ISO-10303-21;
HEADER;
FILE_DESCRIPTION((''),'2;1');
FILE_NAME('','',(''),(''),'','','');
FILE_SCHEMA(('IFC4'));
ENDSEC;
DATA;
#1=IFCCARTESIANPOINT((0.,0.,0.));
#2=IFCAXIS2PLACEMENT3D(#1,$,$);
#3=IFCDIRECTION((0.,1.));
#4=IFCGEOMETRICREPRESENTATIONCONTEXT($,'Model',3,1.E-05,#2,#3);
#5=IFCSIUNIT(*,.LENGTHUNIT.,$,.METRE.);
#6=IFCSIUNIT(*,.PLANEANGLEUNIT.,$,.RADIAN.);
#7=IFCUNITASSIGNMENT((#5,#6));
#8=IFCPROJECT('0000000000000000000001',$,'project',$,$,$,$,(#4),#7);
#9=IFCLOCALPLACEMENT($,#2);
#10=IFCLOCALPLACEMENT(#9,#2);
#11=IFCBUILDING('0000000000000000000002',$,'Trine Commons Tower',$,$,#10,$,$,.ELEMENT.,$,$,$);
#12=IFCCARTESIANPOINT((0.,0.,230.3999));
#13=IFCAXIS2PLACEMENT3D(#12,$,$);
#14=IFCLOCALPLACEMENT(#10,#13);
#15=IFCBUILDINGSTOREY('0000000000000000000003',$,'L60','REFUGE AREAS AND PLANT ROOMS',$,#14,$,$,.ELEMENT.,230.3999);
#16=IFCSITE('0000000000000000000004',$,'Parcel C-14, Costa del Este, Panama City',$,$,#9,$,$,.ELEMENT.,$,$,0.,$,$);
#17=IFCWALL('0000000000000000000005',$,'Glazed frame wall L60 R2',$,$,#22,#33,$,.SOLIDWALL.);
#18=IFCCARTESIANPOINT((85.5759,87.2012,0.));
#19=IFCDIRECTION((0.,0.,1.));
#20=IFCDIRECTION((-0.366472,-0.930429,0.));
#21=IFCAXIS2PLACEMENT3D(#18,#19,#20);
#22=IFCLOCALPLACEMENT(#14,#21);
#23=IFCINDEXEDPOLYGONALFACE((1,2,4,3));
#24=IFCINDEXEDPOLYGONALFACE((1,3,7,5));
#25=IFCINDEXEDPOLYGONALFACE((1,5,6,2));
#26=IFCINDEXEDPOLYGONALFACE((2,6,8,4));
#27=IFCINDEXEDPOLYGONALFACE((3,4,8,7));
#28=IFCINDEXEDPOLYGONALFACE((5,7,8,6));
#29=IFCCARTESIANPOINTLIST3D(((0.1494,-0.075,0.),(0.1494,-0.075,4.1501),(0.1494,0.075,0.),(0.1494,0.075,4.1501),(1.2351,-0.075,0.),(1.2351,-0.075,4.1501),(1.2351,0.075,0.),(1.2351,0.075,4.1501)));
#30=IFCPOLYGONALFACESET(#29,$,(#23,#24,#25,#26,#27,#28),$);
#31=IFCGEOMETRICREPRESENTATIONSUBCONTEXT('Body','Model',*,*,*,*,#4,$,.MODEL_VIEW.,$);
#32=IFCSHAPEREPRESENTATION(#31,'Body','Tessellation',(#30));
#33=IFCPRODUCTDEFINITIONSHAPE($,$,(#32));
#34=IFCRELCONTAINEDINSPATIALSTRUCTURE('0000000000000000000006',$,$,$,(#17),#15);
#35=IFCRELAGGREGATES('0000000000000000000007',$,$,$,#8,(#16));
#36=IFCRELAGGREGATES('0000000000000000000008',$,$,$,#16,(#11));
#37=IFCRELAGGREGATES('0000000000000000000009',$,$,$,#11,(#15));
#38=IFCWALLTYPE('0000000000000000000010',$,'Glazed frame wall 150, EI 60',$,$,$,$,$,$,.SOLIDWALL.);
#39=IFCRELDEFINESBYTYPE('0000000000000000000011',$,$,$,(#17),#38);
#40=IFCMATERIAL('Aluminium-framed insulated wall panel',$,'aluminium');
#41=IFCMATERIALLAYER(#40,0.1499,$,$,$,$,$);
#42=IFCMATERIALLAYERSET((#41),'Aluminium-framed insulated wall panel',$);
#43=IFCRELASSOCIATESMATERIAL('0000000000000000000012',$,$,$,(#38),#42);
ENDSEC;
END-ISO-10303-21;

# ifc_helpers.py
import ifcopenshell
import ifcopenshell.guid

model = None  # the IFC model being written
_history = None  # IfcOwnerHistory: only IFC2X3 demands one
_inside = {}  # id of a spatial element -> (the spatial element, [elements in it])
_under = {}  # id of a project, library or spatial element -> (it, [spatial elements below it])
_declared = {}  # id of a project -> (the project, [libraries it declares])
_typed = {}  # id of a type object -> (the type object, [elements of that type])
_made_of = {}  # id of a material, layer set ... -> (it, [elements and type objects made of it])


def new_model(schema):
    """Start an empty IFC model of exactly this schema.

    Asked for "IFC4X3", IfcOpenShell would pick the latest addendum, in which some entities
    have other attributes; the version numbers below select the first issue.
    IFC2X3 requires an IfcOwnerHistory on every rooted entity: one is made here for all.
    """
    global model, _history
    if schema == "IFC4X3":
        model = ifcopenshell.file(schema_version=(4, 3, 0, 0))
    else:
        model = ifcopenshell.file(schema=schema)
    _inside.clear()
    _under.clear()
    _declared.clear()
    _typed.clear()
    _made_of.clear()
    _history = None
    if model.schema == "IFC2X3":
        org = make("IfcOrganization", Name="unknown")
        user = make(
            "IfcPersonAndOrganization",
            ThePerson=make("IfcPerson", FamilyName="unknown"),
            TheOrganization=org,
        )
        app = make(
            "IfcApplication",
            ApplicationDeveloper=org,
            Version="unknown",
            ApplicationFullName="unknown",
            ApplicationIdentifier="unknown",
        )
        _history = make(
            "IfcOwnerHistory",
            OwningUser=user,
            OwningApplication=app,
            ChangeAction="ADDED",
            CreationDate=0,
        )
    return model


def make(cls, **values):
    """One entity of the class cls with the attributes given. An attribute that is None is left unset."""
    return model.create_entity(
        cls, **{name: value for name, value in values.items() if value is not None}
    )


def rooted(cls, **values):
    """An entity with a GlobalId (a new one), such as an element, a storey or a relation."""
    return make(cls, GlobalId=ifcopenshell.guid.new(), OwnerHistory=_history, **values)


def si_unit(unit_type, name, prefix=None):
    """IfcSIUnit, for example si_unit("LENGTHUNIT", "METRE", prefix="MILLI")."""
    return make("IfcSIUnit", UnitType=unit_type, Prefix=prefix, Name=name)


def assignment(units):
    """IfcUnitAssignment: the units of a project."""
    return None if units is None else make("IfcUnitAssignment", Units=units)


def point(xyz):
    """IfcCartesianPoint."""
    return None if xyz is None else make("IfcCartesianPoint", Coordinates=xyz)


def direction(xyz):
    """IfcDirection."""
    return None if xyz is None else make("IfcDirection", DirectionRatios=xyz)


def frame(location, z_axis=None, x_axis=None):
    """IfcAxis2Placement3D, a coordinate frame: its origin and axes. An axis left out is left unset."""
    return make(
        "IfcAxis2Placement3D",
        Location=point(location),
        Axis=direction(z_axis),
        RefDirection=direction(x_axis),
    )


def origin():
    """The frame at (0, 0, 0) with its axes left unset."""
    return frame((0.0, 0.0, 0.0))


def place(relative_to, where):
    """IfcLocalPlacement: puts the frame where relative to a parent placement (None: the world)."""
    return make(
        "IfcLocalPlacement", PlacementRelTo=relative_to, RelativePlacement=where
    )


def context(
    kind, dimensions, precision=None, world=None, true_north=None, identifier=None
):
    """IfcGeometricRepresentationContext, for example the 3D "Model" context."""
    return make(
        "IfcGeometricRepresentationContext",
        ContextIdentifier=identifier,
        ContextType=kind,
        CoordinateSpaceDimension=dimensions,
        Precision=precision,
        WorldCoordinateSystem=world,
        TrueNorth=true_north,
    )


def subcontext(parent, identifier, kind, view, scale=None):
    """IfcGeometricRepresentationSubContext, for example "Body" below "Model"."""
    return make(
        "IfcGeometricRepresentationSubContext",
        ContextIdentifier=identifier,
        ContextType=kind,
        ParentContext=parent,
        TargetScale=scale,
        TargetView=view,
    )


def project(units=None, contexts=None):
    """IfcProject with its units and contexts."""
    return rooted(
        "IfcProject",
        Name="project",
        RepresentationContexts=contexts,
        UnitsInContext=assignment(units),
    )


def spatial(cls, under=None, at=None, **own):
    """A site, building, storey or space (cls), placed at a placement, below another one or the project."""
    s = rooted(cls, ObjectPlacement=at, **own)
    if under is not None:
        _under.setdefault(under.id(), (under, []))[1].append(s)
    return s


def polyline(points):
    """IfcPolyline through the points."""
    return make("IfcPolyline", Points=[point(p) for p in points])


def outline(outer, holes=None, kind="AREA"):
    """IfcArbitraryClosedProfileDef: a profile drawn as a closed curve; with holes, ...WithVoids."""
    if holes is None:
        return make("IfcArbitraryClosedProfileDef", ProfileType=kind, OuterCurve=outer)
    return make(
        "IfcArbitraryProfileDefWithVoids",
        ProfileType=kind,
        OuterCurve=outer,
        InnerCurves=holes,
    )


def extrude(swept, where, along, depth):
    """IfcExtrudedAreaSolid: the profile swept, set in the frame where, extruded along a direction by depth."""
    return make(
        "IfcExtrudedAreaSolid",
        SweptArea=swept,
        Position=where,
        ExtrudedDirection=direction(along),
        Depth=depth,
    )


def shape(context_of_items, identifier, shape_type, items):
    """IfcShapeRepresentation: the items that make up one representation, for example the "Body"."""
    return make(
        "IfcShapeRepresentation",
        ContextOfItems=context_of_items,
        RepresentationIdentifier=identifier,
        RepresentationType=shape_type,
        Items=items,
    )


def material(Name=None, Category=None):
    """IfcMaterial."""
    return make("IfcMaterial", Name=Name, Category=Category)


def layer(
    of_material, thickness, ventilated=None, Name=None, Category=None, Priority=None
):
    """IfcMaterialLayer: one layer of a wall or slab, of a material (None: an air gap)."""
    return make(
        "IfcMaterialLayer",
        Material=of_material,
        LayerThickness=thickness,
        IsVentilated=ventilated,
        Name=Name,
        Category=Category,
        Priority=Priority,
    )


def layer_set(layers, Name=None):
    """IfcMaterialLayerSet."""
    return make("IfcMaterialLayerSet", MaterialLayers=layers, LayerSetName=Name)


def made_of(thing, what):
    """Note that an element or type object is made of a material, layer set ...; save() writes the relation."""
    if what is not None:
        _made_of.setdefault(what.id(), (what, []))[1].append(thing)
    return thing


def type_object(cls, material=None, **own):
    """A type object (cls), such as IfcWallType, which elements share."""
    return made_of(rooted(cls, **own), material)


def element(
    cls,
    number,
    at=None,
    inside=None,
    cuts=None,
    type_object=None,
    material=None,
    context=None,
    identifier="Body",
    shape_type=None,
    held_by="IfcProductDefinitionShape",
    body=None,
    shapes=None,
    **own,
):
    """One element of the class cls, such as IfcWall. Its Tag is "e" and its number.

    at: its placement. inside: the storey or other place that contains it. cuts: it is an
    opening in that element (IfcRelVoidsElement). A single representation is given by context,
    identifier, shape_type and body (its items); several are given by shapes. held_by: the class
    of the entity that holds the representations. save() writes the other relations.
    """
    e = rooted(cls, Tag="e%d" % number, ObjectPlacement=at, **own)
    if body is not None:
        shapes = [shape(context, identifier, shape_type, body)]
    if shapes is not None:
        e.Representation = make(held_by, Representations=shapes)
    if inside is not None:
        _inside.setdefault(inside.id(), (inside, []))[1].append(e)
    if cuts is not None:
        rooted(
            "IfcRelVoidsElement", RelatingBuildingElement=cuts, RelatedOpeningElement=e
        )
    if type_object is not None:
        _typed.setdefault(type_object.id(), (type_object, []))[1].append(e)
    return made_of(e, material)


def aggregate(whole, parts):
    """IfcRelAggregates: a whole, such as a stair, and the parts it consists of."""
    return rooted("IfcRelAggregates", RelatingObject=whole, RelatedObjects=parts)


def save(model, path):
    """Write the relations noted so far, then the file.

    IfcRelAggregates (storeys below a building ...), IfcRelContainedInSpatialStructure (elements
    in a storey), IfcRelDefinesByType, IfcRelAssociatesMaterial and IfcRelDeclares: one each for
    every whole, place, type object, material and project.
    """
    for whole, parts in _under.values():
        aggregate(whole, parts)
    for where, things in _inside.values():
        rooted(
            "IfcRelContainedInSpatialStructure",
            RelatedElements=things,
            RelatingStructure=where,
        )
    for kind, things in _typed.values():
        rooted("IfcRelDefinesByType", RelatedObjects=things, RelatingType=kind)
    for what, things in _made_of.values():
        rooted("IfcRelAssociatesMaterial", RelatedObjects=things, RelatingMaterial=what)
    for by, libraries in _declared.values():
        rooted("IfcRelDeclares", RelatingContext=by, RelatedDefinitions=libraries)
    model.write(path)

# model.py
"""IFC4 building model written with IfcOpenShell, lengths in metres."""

from ifc_helpers import new_model, si_unit, direction, frame, origin, place, context, subcontext, project, spatial, polyline, outline, extrude, material, layer, layer_set, type_object, element, save


model = new_model("IFC4")

# Units and contexts
model_context = context("Model", 3, precision=1e-05, world=origin(), true_north=direction((0.0, 1.0)))
body_context = subcontext(model_context, "Body", "Model", "MODEL_VIEW")
ifc_project = project(units=[si_unit("LENGTHUNIT", "METRE"), si_unit("PLANEANGLEUNIT", "RADIAN")], contexts=[model_context])

# Site, building, storey
site_placement = place(None, origin())
site = spatial("IfcSite", under=ifc_project, at=site_placement, Name="Parcel C-14, Costa del Este, Panama City", CompositionType="ELEMENT", RefElevation=0.0)
building_placement = place(site_placement, origin())
building = spatial("IfcBuilding", under=site, at=building_placement, Name="Trine Commons Tower", CompositionType="ELEMENT")
storey_placement = place(building_placement, frame((0.0, 0.0, 230.3999)))
storey = spatial("IfcBuildingStorey", under=building, at=storey_placement, Name="L60", Description="REFUGE AREAS AND PLANT ROOMS", CompositionType="ELEMENT", Elevation=230.3999)

# Wall
ifc_material_1 = material(Name="Aluminium-framed insulated wall panel", Category="aluminium")
ifc_layer_1 = layer(ifc_material_1, 0.1499)
ifc_layer_set_1 = layer_set([ifc_layer_1], Name="Aluminium-framed insulated wall panel")
wall_type_1 = type_object("IfcWallType", Name="Glazed frame wall 150, EI 60", PredefinedType="SOLIDWALL", material=ifc_layer_set_1)
wall_1_placement = place(storey_placement, frame((85.5759, 87.2012, 0.0), z_axis=(0.0, 0.0, 1.0), x_axis=(-0.366472, -0.930429, 0.0)))
element("IfcWall", 1, at=wall_1_placement, inside=storey, type_object=wall_type_1, Name="Glazed frame wall L60 R2", PredefinedType="SOLIDWALL", context=body_context, shape_type="SweptSolid", body=[
    extrude(outline(polyline([(0.1494, 0.075), (0.1494, -0.075), (1.2351, -0.075), (1.2351, 0.075), (0.1494, 0.075)])), origin(), (0.0, 0.0, 1.0), 4.1501),
])

save(model, "model.ifc")
